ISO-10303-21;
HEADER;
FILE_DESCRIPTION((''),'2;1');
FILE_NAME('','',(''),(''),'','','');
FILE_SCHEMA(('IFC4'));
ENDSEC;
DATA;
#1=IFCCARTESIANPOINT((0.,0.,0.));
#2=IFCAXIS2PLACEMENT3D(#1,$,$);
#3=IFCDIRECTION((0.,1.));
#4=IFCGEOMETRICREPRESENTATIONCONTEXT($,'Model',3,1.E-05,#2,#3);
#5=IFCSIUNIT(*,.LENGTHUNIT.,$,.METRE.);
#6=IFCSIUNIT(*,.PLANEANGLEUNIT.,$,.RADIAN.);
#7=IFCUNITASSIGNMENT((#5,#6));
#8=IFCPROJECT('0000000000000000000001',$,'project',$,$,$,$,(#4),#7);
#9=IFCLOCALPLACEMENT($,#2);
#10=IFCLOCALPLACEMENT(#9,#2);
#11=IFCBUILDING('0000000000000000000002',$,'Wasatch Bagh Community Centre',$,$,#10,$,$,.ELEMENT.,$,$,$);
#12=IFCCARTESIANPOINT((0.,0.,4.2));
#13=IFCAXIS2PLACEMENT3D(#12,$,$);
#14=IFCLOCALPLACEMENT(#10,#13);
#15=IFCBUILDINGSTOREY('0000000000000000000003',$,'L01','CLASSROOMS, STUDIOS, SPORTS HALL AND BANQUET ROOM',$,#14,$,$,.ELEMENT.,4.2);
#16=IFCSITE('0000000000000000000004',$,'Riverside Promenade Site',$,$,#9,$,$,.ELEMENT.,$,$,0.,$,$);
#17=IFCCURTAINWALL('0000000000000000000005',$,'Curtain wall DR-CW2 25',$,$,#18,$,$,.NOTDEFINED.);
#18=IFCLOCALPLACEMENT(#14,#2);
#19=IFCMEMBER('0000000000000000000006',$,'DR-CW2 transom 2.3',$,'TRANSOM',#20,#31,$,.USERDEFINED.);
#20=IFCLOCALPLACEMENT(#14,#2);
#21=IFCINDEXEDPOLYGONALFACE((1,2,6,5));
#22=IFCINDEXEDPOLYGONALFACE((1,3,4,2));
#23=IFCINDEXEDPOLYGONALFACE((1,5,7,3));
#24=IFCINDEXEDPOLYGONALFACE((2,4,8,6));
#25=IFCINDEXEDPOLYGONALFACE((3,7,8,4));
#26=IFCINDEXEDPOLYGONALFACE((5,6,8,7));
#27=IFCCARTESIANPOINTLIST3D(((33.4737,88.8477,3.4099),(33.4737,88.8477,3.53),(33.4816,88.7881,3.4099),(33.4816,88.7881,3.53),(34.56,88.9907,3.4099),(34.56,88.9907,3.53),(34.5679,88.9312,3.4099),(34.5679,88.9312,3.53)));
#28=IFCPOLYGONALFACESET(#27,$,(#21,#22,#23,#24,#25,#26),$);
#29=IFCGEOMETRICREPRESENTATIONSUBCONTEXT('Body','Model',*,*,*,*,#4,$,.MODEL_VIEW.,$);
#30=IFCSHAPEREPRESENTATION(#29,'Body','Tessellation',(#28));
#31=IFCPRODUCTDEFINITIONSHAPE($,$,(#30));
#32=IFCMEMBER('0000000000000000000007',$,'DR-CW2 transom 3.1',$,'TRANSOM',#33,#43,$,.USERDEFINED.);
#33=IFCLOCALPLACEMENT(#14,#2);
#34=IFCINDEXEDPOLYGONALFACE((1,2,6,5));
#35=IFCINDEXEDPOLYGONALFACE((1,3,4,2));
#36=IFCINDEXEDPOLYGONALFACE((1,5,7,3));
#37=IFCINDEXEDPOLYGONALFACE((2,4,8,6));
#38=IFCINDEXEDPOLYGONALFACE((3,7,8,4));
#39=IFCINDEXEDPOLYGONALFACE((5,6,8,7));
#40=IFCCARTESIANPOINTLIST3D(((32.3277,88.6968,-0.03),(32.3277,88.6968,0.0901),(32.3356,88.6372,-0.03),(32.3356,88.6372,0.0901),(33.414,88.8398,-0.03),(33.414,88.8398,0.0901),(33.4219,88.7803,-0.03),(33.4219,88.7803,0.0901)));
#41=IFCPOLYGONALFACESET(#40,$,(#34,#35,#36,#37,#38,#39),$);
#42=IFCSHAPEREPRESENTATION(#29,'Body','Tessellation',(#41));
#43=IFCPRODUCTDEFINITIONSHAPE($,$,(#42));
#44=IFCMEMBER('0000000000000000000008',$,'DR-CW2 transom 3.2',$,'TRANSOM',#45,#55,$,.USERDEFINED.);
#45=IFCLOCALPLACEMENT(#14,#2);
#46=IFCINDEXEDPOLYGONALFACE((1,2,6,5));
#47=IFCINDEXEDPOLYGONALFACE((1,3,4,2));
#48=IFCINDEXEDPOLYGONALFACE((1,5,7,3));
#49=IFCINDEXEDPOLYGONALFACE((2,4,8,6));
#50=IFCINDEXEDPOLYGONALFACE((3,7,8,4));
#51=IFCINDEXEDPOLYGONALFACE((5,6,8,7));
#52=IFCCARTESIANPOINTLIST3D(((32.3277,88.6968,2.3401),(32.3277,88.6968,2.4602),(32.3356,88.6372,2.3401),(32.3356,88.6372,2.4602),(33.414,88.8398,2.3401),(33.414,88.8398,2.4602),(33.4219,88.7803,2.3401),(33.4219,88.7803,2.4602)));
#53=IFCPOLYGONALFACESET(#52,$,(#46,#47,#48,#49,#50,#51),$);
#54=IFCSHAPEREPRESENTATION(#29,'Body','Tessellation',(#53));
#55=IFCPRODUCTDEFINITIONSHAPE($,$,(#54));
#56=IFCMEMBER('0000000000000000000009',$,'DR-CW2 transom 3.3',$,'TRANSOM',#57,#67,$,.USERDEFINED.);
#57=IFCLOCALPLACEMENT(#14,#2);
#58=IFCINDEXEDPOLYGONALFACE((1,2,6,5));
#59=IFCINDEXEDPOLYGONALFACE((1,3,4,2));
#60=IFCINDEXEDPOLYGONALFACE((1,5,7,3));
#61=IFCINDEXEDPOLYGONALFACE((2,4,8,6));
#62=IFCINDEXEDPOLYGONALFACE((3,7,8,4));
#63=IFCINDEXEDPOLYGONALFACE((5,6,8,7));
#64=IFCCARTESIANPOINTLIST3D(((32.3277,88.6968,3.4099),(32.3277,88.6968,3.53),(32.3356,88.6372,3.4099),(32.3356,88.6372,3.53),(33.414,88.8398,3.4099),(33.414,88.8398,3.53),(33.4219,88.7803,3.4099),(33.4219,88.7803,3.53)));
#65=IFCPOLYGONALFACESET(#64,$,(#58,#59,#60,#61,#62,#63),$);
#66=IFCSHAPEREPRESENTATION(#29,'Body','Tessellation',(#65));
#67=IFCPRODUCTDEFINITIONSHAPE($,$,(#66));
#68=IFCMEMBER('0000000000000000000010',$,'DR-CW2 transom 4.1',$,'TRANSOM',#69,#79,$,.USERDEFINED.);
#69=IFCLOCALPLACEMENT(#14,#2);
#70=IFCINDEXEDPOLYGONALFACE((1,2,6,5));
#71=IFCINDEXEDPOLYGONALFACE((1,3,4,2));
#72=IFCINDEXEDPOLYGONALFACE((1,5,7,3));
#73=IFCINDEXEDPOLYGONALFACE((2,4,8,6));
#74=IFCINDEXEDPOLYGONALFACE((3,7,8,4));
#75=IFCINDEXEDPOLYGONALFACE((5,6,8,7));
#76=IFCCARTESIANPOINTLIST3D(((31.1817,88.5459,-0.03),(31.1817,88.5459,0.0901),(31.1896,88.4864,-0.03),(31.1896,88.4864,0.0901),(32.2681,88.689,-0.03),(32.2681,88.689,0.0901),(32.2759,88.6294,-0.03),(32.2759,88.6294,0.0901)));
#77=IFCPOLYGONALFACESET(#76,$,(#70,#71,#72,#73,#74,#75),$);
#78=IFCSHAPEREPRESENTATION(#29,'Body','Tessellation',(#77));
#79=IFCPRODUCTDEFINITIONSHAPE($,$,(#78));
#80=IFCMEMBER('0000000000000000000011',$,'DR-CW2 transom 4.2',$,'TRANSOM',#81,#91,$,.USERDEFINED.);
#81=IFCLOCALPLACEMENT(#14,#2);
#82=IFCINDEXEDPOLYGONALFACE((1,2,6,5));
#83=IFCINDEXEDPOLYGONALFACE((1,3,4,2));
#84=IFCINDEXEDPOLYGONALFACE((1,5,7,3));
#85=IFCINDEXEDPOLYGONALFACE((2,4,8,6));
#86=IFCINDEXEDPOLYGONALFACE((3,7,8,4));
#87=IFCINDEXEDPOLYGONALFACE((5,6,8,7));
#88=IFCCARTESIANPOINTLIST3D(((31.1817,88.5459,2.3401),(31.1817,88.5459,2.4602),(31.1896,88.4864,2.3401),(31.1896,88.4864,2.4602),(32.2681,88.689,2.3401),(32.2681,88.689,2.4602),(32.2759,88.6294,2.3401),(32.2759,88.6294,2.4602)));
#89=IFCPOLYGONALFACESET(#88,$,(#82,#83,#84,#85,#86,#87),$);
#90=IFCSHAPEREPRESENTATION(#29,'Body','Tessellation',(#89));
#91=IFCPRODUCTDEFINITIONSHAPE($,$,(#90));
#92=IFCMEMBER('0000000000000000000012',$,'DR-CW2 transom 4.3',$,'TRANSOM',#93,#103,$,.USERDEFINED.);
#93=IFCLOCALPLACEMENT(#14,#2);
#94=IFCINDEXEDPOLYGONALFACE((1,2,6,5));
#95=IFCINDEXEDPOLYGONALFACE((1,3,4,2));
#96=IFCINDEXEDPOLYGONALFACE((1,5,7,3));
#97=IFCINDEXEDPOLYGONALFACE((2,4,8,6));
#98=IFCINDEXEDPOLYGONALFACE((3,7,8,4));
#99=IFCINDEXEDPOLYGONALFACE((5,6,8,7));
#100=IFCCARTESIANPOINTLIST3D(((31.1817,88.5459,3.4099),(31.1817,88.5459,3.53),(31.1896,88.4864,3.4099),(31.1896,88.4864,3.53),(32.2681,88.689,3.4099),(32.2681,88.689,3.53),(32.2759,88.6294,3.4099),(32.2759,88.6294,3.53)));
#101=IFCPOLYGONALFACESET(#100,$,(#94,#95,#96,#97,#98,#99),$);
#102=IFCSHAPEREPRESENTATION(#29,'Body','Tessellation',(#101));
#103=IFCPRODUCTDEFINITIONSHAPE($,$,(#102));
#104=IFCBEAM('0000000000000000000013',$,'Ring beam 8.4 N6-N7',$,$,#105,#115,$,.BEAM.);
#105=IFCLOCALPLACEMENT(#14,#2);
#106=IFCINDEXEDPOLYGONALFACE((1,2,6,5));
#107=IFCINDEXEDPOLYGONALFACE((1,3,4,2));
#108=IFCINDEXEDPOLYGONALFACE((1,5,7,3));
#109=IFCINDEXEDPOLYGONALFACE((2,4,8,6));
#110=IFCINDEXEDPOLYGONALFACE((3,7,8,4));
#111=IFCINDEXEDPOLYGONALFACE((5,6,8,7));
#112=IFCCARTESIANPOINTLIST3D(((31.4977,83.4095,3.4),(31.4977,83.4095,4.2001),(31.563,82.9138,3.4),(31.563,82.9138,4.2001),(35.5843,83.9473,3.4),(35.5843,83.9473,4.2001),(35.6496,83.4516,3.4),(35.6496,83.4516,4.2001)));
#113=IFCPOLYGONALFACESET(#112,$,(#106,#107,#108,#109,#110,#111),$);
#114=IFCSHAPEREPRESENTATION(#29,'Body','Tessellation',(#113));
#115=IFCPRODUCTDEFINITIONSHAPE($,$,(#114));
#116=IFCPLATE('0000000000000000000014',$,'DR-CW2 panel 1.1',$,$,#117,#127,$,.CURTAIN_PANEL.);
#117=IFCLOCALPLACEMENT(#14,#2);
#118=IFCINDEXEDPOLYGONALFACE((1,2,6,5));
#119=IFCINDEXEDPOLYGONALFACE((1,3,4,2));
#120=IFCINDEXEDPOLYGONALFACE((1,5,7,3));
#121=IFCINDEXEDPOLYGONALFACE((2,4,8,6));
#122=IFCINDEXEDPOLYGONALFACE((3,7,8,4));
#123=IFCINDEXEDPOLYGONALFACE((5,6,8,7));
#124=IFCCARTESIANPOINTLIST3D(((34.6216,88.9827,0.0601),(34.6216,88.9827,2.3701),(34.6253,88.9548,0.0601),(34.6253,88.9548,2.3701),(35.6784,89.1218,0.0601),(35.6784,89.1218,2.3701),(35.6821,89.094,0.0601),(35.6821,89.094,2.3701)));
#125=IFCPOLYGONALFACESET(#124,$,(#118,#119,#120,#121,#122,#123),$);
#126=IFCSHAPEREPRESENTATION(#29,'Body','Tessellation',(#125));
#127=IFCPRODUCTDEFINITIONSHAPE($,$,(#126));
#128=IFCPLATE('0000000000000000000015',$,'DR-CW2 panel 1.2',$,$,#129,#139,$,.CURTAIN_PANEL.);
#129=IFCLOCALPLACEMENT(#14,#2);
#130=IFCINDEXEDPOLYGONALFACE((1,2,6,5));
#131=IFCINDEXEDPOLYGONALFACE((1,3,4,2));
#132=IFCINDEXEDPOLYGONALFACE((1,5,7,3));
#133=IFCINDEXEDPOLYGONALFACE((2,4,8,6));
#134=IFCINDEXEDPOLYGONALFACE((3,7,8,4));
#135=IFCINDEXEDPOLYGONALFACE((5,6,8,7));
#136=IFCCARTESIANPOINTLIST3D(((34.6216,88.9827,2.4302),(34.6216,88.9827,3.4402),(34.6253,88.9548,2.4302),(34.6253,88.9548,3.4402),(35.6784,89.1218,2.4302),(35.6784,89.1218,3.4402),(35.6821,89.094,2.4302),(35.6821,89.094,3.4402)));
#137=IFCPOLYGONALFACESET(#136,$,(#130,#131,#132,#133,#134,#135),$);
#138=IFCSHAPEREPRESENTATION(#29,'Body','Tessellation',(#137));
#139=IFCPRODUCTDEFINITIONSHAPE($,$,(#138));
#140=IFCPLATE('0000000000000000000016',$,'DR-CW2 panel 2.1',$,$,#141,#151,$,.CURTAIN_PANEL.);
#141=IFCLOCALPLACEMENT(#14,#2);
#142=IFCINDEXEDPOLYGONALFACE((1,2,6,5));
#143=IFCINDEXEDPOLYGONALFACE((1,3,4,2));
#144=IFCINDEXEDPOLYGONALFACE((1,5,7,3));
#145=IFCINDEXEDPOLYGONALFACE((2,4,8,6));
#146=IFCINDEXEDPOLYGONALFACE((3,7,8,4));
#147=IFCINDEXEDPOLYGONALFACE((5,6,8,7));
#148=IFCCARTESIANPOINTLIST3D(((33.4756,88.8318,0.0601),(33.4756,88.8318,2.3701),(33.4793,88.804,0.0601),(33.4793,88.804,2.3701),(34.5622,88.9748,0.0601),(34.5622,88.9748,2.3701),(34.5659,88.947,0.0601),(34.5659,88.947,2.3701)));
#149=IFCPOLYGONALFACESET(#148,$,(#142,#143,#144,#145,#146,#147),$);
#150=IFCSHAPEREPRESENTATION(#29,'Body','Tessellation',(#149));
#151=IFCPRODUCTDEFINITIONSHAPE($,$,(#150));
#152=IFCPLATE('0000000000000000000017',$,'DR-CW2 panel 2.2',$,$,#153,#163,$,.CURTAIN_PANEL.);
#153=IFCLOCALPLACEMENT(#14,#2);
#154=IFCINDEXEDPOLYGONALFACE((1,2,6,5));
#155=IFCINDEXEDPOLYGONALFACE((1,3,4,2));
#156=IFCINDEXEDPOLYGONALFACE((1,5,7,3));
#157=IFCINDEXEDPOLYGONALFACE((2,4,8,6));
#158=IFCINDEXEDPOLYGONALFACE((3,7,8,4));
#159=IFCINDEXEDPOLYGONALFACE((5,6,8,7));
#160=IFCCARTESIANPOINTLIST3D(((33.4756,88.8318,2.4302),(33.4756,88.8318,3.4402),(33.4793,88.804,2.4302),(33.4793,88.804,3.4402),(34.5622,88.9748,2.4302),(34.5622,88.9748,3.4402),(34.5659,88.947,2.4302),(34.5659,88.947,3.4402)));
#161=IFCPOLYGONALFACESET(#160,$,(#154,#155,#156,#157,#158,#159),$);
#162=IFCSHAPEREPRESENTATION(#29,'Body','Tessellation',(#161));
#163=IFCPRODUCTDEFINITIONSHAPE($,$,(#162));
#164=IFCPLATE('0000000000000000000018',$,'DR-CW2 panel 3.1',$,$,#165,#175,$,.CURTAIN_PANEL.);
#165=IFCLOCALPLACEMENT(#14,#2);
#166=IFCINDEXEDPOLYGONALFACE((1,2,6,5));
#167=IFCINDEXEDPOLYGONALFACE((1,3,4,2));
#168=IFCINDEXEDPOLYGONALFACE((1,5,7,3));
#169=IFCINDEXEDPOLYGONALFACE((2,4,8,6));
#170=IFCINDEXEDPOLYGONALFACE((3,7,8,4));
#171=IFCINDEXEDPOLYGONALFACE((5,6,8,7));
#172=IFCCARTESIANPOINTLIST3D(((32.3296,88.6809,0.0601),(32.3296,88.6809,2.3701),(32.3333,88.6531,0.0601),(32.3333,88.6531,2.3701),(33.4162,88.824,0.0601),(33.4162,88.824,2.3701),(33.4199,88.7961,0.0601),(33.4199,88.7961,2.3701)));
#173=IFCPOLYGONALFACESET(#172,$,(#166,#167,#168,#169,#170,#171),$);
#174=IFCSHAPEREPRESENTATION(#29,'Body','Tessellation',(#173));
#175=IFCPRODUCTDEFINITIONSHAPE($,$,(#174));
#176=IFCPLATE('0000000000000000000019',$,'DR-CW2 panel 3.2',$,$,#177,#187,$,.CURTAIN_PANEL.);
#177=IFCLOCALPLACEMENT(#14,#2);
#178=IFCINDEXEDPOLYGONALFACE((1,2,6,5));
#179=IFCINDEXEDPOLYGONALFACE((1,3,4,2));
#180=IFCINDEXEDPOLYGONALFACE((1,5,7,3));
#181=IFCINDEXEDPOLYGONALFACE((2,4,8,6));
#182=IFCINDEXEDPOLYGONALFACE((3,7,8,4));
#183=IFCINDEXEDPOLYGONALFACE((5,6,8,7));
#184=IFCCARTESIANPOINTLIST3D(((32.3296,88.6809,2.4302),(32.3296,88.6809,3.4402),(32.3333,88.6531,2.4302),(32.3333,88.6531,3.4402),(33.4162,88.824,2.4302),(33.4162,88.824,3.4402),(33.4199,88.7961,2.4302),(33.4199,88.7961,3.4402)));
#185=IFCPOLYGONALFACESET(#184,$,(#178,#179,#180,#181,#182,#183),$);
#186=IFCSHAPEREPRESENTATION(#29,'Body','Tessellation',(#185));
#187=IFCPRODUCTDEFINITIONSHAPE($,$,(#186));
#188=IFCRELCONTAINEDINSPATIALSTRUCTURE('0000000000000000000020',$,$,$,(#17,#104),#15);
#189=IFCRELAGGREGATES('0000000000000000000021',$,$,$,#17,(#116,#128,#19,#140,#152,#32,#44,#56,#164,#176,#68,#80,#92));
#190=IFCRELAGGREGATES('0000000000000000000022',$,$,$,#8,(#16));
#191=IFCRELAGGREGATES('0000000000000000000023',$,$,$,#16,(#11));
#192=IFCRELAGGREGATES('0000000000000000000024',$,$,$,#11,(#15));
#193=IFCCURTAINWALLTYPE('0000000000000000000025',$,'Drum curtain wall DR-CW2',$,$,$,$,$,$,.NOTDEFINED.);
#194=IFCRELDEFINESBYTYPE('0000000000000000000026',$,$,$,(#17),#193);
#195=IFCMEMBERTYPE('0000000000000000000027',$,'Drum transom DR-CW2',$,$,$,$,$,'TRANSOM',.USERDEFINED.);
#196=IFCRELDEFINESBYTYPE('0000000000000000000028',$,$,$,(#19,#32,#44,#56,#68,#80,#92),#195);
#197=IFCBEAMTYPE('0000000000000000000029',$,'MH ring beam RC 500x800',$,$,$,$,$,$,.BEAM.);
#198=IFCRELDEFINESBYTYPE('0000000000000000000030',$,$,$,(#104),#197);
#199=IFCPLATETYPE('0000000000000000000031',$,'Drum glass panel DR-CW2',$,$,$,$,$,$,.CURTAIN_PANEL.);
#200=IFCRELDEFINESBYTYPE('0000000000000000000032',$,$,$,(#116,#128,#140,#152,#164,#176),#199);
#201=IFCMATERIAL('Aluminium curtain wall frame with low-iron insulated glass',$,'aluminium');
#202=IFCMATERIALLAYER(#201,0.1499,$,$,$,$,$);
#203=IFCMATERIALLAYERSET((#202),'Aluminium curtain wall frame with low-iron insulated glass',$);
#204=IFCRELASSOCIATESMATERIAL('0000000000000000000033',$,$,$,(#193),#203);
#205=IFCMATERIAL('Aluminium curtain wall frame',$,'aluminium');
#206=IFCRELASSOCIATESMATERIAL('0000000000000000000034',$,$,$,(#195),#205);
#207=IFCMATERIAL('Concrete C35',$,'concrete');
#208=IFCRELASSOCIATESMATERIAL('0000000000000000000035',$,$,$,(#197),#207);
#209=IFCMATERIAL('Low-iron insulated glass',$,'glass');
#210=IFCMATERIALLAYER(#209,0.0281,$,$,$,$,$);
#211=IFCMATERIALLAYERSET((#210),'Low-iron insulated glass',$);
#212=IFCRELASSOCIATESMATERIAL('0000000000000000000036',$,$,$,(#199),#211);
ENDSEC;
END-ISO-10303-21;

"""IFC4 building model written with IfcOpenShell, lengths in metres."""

from ifc_helpers import new_model, si_unit, direction, frame, origin, origin_2d, place, context, subcontext, project, spatial, rectangle, extrude, material, layer, layer_set, material_profile, profile_set, type_object, element, aggregate, save


model = new_model("IFC4")

# Units and contexts
model_context = context("Model", 3, precision=1e-05, world=origin(), true_north=direction((0.0, 1.0)))
body_context = subcontext(model_context, "Body", "Model", "MODEL_VIEW")
ifc_project = project(units=[si_unit("LENGTHUNIT", "METRE"), si_unit("PLANEANGLEUNIT", "RADIAN")], contexts=[model_context])

# Site, building, storey
site_placement = place(None, origin())
site = spatial("IfcSite", under=ifc_project, at=site_placement, Name="Riverside Promenade Site", CompositionType="ELEMENT", RefElevation=0.0)
building_placement = place(site_placement, origin())
building = spatial("IfcBuilding", under=site, at=building_placement, Name="Wasatch Bagh Community Centre", CompositionType="ELEMENT")
storey_placement = place(building_placement, frame((0.0, 0.0, 4.2)))
storey = spatial("IfcBuildingStorey", under=building, at=storey_placement, Name="L01", Description="CLASSROOMS, STUDIOS, SPORTS HALL AND BANQUET ROOM", CompositionType="ELEMENT", Elevation=4.2)

# Curtain wall
ifc_material_1 = material(Name="Aluminium curtain wall frame with low-iron insulated glass", Category="aluminium")
ifc_layer_1 = layer(ifc_material_1, 0.1499)
ifc_layer_set_1 = layer_set([ifc_layer_1], Name="Aluminium curtain wall frame with low-iron insulated glass")
curtain_wall_type = type_object("IfcCurtainWallType", Name="Drum curtain wall DR-CW2", PredefinedType="NOTDEFINED", material=ifc_layer_set_1)
curtain_wall_placement = place(storey_placement, origin())
curtain_wall = element("IfcCurtainWall", 1, at=curtain_wall_placement, inside=storey, type_object=curtain_wall_type, Name="Curtain wall DR-CW2 25", PredefinedType="NOTDEFINED")
ifc_material_2 = material(Name="Aluminium curtain wall frame", Category="aluminium")

# Shared definitions
ifc_material_3 = material(Name="Concrete C35", Category="concrete")

# Members
ifc_material_profile_1 = material_profile(ifc_material_2, rectangle(XDim=0.0601, YDim=0.1201, at=origin_2d()), Name="Drum transom DR-CW2")
ifc_profile_set_1 = profile_set([ifc_material_profile_1], Name="Aluminium curtain wall frame")
member_type_1 = type_object("IfcMemberType", Name="Drum transom DR-CW2", ElementType="TRANSOM", PredefinedType="USERDEFINED", material=ifc_profile_set_1)
member_1_placement = place(storey_placement, frame((34.564, 88.9609, 3.47), z_axis=(-0.991441, -0.130558, 0.0), x_axis=(0.130558, -0.991441, 0.0)))
member_1 = element("IfcMember", 2, at=member_1_placement, type_object=member_type_1, Name="DR-CW2 transom 2.3", ObjectType="TRANSOM", PredefinedType="USERDEFINED", context=body_context, shape_type="SweptSolid", body=[
    extrude(rectangle(XDim=0.0601, YDim=0.1201, at=origin_2d()), origin(), (0.0, 0.0, 1.0), 1.0957),
])
member_2_placement = place(storey_placement, frame((33.418, 88.8101, 0.03), z_axis=(-0.991441, -0.130558, 0.0), x_axis=(0.130558, -0.991441, 0.0)))
member_2 = element("IfcMember", 3, at=member_2_placement, type_object=member_type_1, Name="DR-CW2 transom 3.1", ObjectType="TRANSOM", PredefinedType="USERDEFINED", context=body_context, shape_type="SweptSolid", body=[
    extrude(rectangle(XDim=0.0601, YDim=0.1201, at=origin_2d()), origin(), (0.0, 0.0, 1.0), 1.0957),
])
member_3_placement = place(storey_placement, frame((33.418, 88.8101, 2.4001), z_axis=(-0.991441, -0.130558, 0.0), x_axis=(0.130558, -0.991441, 0.0)))
member_3 = element("IfcMember", 4, at=member_3_placement, type_object=member_type_1, Name="DR-CW2 transom 3.2", ObjectType="TRANSOM", PredefinedType="USERDEFINED", context=body_context, shape_type="SweptSolid", body=[
    extrude(rectangle(XDim=0.0601, YDim=0.1201, at=origin_2d()), origin(), (0.0, 0.0, 1.0), 1.0957),
])
member_4_placement = place(storey_placement, frame((33.418, 88.8101, 3.47), z_axis=(-0.991441, -0.130558, 0.0), x_axis=(0.130558, -0.991441, 0.0)))
member_4 = element("IfcMember", 5, at=member_4_placement, type_object=member_type_1, Name="DR-CW2 transom 3.3", ObjectType="TRANSOM", PredefinedType="USERDEFINED", context=body_context, shape_type="SweptSolid", body=[
    extrude(rectangle(XDim=0.0601, YDim=0.1201, at=origin_2d()), origin(), (0.0, 0.0, 1.0), 1.0957),
])
member_5_placement = place(storey_placement, frame((32.272, 88.6592, 0.03), z_axis=(-0.991441, -0.130558, 0.0), x_axis=(0.130558, -0.991441, 0.0)))
member_5 = element("IfcMember", 6, at=member_5_placement, type_object=member_type_1, Name="DR-CW2 transom 4.1", ObjectType="TRANSOM", PredefinedType="USERDEFINED", context=body_context, shape_type="SweptSolid", body=[
    extrude(rectangle(XDim=0.0601, YDim=0.1201, at=origin_2d()), origin(), (0.0, 0.0, 1.0), 1.0957),
])
member_6_placement = place(storey_placement, frame((32.272, 88.6592, 2.4001), z_axis=(-0.991441, -0.130558, 0.0), x_axis=(0.130558, -0.991441, 0.0)))
member_6 = element("IfcMember", 7, at=member_6_placement, type_object=member_type_1, Name="DR-CW2 transom 4.2", ObjectType="TRANSOM", PredefinedType="USERDEFINED", context=body_context, shape_type="SweptSolid", body=[
    extrude(rectangle(XDim=0.0601, YDim=0.1201, at=origin_2d()), origin(), (0.0, 0.0, 1.0), 1.0957),
])
member_7_placement = place(storey_placement, frame((32.272, 88.6592, 3.47), z_axis=(-0.991441, -0.130558, 0.0), x_axis=(0.130558, -0.991441, 0.0)))
member_7 = element("IfcMember", 8, at=member_7_placement, type_object=member_type_1, Name="DR-CW2 transom 4.3", ObjectType="TRANSOM", PredefinedType="USERDEFINED", context=body_context, shape_type="SweptSolid", body=[
    extrude(rectangle(XDim=0.0601, YDim=0.1201, at=origin_2d()), origin(), (0.0, 0.0, 1.0), 1.0957),
])

# Beam
ifc_material_profile_2 = material_profile(ifc_material_3, rectangle(XDim=0.5, YDim=0.8, at=origin_2d()), Name="RC 500x800")
ifc_profile_set_2 = profile_set([ifc_material_profile_2], Name="Concrete C35")
beam_type_1 = type_object("IfcBeamType", Name="MH ring beam RC 500x800", PredefinedType="BEAM", material=ifc_profile_set_2)
beam_1_placement = place(storey_placement, frame((35.6169, 83.6995, 3.8), z_axis=(-0.99145, -0.130484, 0.0), x_axis=(0.130484, -0.99145, 0.0)))
element("IfcBeam", 9, at=beam_1_placement, inside=storey, type_object=beam_type_1, Name="Ring beam 8.4 N6-N7", PredefinedType="BEAM", context=body_context, shape_type="SweptSolid", body=[
    extrude(rectangle(XDim=0.5, YDim=0.8, at=origin_2d()), origin(), (0.0, 0.0, 1.0), 4.1218),
])

# Plates
ifc_material_4 = material(Name="Low-iron insulated glass", Category="glass")
ifc_layer_2 = layer(ifc_material_4, 0.0281)
ifc_layer_set_2 = layer_set([ifc_layer_2], Name="Low-iron insulated glass")
plate_type = type_object("IfcPlateType", Name="Drum glass panel DR-CW2", PredefinedType="CURTAIN_PANEL", material=ifc_layer_set_2)
plate_1_placement = place(storey_placement, frame((35.1519, 89.0383, 0.0601), z_axis=(0.0, 0.0, 1.0), x_axis=(-0.991445, -0.130526, 0.0)))
plate_1 = element("IfcPlate", 10, at=plate_1_placement, type_object=plate_type, Name="DR-CW2 panel 1.1", PredefinedType="CURTAIN_PANEL", context=body_context, shape_type="SweptSolid", body=[
    extrude(rectangle(XDim=1.0659, YDim=0.0281, at=origin_2d()), origin(), (0.0, 0.0, 1.0), 2.3101),
])
plate_2_placement = place(storey_placement, frame((35.1519, 89.0383, 2.4302), z_axis=(0.0, 0.0, 1.0), x_axis=(-0.991445, -0.130526, 0.0)))
plate_2 = element("IfcPlate", 11, at=plate_2_placement, type_object=plate_type, Name="DR-CW2 panel 1.2", PredefinedType="CURTAIN_PANEL", context=body_context, shape_type="SweptSolid", body=[
    extrude(rectangle(XDim=1.0659, YDim=0.0281, at=origin_2d()), origin(), (0.0, 0.0, 1.0), 1.01),
])
plate_3_placement = place(storey_placement, frame((34.0208, 88.8894, 0.0601), z_axis=(0.0, 0.0, 1.0), x_axis=(-0.991445, -0.130526, 0.0)))
plate_3 = element("IfcPlate", 12, at=plate_3_placement, type_object=plate_type, Name="DR-CW2 panel 2.1", PredefinedType="CURTAIN_PANEL", context=body_context, shape_type="SweptSolid", body=[
    extrude(rectangle(XDim=1.0959, YDim=0.0281, at=origin_2d()), origin(), (0.0, 0.0, 1.0), 2.3101),
])
plate_4_placement = place(storey_placement, frame((34.0208, 88.8894, 2.4302), z_axis=(0.0, 0.0, 1.0), x_axis=(-0.991445, -0.130526, 0.0)))
plate_4 = element("IfcPlate", 13, at=plate_4_placement, type_object=plate_type, Name="DR-CW2 panel 2.2", PredefinedType="CURTAIN_PANEL", context=body_context, shape_type="SweptSolid", body=[
    extrude(rectangle(XDim=1.0959, YDim=0.0281, at=origin_2d()), origin(), (0.0, 0.0, 1.0), 1.01),
])
plate_5_placement = place(storey_placement, frame((32.8748, 88.7385, 0.0601), z_axis=(0.0, 0.0, 1.0), x_axis=(-0.991445, -0.130526, 0.0)))
plate_5 = element("IfcPlate", 14, at=plate_5_placement, type_object=plate_type, Name="DR-CW2 panel 3.1", PredefinedType="CURTAIN_PANEL", context=body_context, shape_type="SweptSolid", body=[
    extrude(rectangle(XDim=1.0959, YDim=0.0281, at=origin_2d()), origin(), (0.0, 0.0, 1.0), 2.3101),
])
plate_6_placement = place(storey_placement, frame((32.8748, 88.7385, 2.4302), z_axis=(0.0, 0.0, 1.0), x_axis=(-0.991445, -0.130526, 0.0)))
plate_6 = element("IfcPlate", 15, at=plate_6_placement, type_object=plate_type, Name="DR-CW2 panel 3.2", PredefinedType="CURTAIN_PANEL", context=body_context, shape_type="SweptSolid", body=[
    extrude(rectangle(XDim=1.0959, YDim=0.0281, at=origin_2d()), origin(), (0.0, 0.0, 1.0), 1.01),
])
aggregate(curtain_wall, [plate_1, plate_2, member_1, plate_3, plate_4, member_2, member_3, member_4, plate_5, plate_6, member_5, member_6, member_7])

save(model, "model.ifc")
